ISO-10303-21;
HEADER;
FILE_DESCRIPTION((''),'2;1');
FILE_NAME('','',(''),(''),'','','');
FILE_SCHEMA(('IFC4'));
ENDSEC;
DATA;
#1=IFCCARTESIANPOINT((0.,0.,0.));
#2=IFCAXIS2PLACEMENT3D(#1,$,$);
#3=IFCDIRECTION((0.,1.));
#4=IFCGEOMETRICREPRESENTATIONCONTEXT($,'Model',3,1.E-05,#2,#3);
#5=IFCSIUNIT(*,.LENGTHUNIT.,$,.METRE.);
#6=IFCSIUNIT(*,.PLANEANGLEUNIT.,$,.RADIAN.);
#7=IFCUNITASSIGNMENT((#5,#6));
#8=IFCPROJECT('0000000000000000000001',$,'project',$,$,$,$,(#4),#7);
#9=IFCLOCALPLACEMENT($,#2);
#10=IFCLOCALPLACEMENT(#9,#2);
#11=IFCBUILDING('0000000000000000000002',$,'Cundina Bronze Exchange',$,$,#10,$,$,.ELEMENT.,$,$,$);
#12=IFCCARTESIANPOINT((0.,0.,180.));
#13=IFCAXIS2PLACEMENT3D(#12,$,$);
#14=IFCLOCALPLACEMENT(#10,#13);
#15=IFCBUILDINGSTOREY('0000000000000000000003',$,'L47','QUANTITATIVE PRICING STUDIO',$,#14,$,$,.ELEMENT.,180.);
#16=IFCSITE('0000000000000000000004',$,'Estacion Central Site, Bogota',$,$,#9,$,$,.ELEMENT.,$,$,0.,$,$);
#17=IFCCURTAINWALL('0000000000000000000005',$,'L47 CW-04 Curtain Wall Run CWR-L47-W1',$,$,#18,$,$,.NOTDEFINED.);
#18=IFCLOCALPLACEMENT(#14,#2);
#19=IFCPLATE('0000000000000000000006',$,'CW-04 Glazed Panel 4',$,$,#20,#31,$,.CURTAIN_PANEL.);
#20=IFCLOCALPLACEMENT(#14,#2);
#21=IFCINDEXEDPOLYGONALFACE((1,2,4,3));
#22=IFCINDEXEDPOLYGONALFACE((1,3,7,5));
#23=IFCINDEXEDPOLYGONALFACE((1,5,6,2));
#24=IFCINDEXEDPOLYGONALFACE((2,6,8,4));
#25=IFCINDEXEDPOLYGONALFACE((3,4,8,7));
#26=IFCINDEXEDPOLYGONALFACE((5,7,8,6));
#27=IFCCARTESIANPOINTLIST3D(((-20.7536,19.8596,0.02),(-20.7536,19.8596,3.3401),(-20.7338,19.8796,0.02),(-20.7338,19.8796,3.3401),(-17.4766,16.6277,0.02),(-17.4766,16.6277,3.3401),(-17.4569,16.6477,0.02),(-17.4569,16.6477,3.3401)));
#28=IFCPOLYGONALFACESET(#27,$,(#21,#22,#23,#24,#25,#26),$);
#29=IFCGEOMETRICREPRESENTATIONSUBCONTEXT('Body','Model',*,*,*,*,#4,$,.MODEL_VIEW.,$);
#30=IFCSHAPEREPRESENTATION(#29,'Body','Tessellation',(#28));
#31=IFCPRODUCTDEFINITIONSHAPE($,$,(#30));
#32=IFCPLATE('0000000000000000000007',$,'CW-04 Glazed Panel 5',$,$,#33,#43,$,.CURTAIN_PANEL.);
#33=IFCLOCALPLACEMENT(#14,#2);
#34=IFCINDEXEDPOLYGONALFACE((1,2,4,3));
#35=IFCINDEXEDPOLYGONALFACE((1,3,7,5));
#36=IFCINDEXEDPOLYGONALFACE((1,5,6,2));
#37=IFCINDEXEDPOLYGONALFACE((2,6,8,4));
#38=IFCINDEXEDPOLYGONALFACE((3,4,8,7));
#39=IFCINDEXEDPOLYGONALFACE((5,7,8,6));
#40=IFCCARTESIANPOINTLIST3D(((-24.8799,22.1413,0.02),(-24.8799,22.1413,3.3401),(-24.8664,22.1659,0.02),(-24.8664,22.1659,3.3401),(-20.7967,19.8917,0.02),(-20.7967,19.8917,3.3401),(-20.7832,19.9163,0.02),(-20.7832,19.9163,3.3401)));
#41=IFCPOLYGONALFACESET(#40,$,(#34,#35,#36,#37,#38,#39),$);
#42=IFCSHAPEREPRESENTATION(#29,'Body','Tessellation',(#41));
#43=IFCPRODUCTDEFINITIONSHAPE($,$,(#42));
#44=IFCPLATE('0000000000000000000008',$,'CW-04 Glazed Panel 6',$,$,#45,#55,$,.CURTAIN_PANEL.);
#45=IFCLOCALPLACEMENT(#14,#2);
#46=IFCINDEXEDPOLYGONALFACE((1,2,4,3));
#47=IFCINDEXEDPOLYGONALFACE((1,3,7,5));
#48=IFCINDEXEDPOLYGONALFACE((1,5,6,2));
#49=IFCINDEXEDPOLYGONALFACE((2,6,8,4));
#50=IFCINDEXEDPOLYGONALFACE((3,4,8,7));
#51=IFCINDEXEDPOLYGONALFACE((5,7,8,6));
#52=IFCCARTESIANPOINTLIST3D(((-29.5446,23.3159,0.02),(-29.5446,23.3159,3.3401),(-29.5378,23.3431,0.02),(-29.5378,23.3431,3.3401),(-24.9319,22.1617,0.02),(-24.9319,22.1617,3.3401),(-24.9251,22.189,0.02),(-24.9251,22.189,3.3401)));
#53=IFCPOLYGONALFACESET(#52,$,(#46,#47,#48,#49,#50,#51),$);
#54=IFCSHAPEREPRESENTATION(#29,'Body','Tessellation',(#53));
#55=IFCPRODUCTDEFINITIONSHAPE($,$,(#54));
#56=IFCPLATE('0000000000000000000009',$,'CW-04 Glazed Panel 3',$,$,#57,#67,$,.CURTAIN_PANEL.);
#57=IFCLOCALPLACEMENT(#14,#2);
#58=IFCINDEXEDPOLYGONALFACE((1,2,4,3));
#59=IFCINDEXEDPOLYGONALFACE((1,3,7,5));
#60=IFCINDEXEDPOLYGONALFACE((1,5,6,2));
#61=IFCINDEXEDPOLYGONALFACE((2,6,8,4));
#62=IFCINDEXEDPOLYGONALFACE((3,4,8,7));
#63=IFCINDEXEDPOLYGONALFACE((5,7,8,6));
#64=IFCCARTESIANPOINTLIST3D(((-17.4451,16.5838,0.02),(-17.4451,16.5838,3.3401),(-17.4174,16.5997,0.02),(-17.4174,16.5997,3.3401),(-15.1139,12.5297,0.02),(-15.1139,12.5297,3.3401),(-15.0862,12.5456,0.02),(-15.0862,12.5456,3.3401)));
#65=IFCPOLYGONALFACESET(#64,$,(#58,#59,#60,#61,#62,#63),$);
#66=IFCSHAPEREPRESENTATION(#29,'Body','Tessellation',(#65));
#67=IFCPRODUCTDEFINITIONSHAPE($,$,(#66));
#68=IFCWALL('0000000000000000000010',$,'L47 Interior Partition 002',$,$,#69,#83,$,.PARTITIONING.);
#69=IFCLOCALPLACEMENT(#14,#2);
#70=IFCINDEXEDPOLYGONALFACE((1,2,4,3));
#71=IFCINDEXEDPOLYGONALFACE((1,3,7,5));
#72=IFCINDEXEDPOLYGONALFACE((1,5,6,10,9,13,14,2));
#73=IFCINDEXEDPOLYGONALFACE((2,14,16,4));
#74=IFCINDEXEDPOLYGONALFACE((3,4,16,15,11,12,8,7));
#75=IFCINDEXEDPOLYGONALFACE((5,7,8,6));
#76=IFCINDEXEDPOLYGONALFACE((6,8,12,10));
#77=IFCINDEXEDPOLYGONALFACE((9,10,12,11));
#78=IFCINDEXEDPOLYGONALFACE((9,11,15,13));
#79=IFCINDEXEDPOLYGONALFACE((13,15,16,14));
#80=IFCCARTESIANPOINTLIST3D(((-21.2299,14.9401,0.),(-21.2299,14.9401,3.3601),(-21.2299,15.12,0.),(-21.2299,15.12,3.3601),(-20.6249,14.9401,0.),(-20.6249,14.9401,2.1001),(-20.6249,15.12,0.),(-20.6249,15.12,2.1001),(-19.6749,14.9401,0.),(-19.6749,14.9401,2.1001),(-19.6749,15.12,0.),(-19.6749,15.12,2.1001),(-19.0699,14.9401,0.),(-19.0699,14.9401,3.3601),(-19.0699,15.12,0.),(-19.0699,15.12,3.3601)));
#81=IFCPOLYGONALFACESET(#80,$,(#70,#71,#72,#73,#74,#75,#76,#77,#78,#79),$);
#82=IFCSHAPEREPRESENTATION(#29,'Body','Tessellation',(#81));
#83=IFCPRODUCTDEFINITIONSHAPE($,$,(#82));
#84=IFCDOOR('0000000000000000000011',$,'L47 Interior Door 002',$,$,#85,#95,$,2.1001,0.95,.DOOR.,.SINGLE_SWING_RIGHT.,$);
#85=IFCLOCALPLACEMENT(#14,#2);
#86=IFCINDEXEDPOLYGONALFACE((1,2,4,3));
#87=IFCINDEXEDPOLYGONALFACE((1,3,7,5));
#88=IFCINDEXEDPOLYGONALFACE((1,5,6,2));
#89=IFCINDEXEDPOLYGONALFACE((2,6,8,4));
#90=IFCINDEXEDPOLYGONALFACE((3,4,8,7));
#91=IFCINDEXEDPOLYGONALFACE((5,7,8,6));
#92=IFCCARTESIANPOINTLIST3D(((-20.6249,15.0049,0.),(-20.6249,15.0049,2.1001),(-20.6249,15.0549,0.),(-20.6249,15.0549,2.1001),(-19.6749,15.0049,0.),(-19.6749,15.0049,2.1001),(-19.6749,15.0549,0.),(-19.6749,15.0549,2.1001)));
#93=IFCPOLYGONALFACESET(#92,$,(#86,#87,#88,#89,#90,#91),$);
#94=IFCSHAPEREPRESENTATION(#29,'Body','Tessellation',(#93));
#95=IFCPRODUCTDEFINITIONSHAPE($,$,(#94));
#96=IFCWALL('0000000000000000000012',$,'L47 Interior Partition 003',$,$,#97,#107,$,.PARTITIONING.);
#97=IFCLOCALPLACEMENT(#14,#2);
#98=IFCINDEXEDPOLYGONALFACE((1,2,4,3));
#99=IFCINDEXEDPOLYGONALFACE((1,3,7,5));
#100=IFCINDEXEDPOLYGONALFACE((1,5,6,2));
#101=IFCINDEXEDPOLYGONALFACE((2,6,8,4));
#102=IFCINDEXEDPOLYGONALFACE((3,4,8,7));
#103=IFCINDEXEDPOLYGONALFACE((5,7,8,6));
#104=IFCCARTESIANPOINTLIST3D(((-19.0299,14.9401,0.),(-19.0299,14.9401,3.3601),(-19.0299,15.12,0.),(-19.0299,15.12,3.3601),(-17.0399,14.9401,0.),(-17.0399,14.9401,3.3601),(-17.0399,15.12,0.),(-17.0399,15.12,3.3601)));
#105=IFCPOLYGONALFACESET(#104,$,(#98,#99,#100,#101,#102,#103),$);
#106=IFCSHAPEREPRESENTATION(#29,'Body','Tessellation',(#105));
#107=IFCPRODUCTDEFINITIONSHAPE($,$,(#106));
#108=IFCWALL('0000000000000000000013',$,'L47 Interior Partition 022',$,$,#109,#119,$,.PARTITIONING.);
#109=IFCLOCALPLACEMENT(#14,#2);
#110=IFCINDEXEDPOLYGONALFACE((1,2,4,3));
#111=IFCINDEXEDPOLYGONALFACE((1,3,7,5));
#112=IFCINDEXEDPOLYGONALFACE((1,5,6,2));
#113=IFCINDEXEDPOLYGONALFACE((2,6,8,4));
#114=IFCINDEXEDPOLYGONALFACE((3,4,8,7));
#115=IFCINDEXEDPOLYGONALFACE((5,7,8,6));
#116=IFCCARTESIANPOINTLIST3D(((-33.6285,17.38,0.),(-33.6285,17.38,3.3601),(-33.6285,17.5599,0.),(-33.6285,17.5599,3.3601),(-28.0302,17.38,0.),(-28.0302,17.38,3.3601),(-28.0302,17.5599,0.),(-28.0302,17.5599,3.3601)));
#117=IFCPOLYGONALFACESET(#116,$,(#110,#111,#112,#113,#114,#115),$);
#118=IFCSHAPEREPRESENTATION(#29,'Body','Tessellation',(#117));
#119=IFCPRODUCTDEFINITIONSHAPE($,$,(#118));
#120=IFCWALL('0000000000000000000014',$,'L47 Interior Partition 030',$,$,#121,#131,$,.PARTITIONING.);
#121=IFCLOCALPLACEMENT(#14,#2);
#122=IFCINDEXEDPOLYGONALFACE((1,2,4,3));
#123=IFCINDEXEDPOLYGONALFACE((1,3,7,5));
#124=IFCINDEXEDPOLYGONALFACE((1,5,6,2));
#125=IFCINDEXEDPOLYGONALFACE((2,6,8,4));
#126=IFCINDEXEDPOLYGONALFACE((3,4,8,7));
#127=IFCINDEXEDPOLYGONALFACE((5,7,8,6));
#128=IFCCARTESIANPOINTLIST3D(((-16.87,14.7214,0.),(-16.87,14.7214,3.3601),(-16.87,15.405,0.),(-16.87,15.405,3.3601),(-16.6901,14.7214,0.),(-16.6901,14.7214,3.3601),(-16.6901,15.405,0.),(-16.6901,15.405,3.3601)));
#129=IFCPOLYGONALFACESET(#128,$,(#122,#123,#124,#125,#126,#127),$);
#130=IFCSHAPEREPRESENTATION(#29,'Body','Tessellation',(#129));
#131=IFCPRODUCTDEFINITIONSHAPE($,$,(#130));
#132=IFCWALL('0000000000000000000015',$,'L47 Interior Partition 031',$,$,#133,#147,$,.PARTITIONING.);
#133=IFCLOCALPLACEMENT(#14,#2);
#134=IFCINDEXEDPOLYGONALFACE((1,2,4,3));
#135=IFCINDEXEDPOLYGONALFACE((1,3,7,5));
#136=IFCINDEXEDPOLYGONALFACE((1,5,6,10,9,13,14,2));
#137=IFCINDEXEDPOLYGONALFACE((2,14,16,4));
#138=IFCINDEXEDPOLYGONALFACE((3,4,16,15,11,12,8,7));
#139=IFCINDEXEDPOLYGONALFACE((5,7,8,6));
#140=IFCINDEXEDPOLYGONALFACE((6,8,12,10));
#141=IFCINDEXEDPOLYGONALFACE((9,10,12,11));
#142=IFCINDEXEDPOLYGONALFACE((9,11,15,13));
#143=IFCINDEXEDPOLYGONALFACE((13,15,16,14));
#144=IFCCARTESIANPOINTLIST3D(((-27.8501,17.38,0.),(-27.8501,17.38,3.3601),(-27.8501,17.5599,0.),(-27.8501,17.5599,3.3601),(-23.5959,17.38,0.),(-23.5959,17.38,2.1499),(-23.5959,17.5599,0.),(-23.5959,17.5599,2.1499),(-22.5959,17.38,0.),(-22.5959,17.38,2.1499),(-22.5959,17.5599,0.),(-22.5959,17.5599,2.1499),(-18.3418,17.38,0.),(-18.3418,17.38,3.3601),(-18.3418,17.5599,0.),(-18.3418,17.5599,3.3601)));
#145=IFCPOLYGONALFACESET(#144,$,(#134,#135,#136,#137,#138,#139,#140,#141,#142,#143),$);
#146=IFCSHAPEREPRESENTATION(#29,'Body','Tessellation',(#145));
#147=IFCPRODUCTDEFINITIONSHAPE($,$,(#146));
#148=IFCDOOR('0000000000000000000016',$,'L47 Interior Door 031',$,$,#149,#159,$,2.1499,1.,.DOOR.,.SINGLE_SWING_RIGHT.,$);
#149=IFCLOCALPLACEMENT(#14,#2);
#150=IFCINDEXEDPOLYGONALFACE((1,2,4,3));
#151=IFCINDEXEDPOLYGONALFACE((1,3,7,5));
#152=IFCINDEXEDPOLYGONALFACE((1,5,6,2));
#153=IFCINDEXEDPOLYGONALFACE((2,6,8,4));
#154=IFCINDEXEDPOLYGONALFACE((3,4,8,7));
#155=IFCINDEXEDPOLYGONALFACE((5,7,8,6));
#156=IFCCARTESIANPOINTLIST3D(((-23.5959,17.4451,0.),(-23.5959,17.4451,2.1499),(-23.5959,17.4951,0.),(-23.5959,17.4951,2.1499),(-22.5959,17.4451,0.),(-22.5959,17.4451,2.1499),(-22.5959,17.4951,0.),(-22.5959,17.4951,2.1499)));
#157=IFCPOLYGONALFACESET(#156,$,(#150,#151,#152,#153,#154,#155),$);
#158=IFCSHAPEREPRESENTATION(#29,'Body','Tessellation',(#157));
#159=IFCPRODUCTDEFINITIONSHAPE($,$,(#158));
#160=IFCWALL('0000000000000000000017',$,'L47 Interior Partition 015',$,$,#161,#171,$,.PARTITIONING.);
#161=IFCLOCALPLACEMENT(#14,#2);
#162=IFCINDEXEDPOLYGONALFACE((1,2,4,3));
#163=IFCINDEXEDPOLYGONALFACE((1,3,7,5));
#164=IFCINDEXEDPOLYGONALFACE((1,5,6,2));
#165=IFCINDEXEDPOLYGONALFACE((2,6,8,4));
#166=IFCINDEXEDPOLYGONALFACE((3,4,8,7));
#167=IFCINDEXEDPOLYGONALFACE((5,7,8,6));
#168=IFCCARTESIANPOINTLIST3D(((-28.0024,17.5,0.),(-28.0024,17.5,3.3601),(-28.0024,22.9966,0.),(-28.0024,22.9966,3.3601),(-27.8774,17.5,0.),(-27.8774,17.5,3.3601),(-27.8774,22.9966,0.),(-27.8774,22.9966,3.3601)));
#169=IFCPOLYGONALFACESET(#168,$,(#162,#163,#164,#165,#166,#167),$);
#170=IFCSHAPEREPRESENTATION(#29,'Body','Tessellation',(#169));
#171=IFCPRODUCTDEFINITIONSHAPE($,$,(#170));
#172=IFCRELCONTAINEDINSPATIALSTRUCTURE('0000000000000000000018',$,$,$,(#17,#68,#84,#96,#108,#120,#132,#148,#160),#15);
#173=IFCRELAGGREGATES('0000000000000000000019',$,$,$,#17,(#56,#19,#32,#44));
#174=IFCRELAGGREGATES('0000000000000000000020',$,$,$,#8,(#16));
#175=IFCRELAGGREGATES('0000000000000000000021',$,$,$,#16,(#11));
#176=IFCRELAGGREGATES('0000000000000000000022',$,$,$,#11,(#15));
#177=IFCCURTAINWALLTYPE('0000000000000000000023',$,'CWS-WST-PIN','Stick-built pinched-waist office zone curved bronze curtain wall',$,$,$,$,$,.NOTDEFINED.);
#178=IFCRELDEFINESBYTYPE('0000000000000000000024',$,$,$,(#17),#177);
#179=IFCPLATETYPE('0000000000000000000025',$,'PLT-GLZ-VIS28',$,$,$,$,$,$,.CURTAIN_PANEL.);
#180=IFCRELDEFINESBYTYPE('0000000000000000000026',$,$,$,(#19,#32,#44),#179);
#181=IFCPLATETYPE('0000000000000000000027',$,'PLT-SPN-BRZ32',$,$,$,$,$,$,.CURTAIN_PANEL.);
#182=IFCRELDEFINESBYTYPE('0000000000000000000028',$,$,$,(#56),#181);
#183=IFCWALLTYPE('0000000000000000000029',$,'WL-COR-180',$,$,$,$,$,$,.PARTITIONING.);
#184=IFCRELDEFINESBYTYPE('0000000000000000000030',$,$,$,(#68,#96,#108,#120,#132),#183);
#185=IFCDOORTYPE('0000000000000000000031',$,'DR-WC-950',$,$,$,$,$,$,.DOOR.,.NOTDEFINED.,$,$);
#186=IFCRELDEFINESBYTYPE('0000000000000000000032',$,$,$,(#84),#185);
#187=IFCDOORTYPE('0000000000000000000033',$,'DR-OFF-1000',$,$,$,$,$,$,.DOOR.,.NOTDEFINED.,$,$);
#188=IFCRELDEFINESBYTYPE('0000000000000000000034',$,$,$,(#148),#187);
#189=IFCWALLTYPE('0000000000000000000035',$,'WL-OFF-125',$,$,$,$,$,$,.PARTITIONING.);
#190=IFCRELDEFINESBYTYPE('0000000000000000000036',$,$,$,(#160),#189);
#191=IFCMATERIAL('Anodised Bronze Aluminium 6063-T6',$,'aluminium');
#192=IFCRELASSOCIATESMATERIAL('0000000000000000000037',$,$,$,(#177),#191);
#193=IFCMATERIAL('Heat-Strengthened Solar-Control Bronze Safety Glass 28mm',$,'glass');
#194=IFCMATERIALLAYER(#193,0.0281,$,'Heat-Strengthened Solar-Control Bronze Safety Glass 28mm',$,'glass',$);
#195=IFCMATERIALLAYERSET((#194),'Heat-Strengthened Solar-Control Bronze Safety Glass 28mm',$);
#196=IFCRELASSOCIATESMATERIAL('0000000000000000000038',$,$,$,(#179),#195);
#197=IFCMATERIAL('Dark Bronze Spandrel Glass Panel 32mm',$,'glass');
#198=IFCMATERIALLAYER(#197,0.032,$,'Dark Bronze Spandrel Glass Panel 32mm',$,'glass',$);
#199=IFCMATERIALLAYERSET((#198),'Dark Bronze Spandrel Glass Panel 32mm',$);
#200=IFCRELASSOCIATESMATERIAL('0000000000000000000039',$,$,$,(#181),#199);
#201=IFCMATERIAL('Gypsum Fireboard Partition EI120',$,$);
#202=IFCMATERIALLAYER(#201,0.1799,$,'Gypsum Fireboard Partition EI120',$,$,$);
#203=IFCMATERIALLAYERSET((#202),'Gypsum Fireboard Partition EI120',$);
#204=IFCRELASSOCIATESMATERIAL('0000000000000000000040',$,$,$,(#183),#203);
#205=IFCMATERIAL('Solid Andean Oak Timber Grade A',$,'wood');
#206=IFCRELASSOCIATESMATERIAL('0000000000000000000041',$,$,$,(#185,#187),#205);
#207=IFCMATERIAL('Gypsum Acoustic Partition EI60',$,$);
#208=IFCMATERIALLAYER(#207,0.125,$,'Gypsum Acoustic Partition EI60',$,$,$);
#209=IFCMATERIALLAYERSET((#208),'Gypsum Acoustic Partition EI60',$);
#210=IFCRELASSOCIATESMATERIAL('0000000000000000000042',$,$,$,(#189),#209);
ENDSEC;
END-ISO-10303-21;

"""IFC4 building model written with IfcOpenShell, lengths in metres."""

from ifc_helpers import new_model, si_unit, direction, frame, frame_2d, origin, origin_2d, place, context, subcontext, project, spatial, rectangle, extrude, material, layer, layer_set, type_object, element, fill, aggregate, save


model = new_model("IFC4")

# Units and contexts
model_context = context("Model", 3, precision=1e-05, world=origin(), true_north=direction((0.0, 1.0)))
body_context = subcontext(model_context, "Body", "Model", "MODEL_VIEW")
ifc_project = project(units=[si_unit("LENGTHUNIT", "METRE"), si_unit("PLANEANGLEUNIT", "RADIAN")], contexts=[model_context])

# Site, building, storey
site_placement = place(None, origin())
site = spatial("IfcSite", under=ifc_project, at=site_placement, Name="Estacion Central Site, Bogota", CompositionType="ELEMENT", RefElevation=0.0)
building_placement = place(site_placement, origin())
building = spatial("IfcBuilding", under=site, at=building_placement, Name="Cundina Bronze Exchange", CompositionType="ELEMENT")
storey_placement = place(building_placement, frame((0.0, 0.0, 180.0)))
storey = spatial("IfcBuildingStorey", under=building, at=storey_placement, Name="L47", Description="QUANTITATIVE PRICING STUDIO", CompositionType="ELEMENT", Elevation=180.0)

# Curtain wall, plates
ifc_material_1 = material(Name="Anodised Bronze Aluminium 6063-T6", Category="aluminium")
curtain_wall_type = type_object("IfcCurtainWallType", Name="CWS-WST-PIN", Description="Stick-built pinched-waist office zone curved bronze curtain wall", PredefinedType="NOTDEFINED", material=ifc_material_1)
curtain_wall_placement = place(storey_placement, origin())
curtain_wall = element("IfcCurtainWall", 1, at=curtain_wall_placement, inside=storey, type_object=curtain_wall_type, Name="L47 CW-04 Curtain Wall Run CWR-L47-W1", PredefinedType="NOTDEFINED")
ifc_material_2 = material(Name="Heat-Strengthened Solar-Control Bronze Safety Glass 28mm", Category="glass")
ifc_layer_1 = layer(ifc_material_2, 0.0281, Name="Heat-Strengthened Solar-Control Bronze Safety Glass 28mm", Category="glass")
ifc_layer_set_1 = layer_set([ifc_layer_1], Name="Heat-Strengthened Solar-Control Bronze Safety Glass 28mm")
plate_type_1 = type_object("IfcPlateType", Name="PLT-GLZ-VIS28", PredefinedType="CURTAIN_PANEL", material=ifc_layer_set_1)
plate_1_placement = place(storey_placement, frame((-19.1052, 18.2537, 0.02), z_axis=(0.0, 0.0, 1.0), x_axis=(-0.711989, 0.70219, 0.0)))
plate_1 = element("IfcPlate", 2, at=plate_1_placement, type_object=plate_type_1, Name="CW-04 Glazed Panel 4", PredefinedType="CURTAIN_PANEL", context=body_context, shape_type="SweptSolid", body=[
    extrude(rectangle(XDim=4.6025, YDim=0.0281, at=origin_2d()), origin(), (0.0, 0.0, 1.0), 3.3201),
])
plate_2_placement = place(storey_placement, frame((-22.8315, 21.0288, 0.02), z_axis=(0.0, 0.0, 1.0), x_axis=(-0.875869, 0.482549, 0.0)))
plate_2 = element("IfcPlate", 3, at=plate_2_placement, type_object=plate_type_1, Name="CW-04 Glazed Panel 5", PredefinedType="CURTAIN_PANEL", context=body_context, shape_type="SweptSolid", body=[
    extrude(rectangle(XDim=4.6619, YDim=0.0281, at=origin_2d()), origin(), (0.0, 0.0, 1.0), 3.3201),
])
plate_3_placement = place(storey_placement, frame((-27.2349, 22.7524, 0.02), z_axis=(0.0, 0.0, 1.0), x_axis=(-0.970093, 0.242735, 0.0)))
plate_3 = element("IfcPlate", 4, at=plate_3_placement, type_object=plate_type_1, Name="CW-04 Glazed Panel 6", PredefinedType="CURTAIN_PANEL", context=body_context, shape_type="SweptSolid", body=[
    extrude(rectangle(XDim=4.7549, YDim=0.0281, at=origin_2d()), origin(), (0.0, 0.0, 1.0), 3.3201),
])
ifc_material_3 = material(Name="Dark Bronze Spandrel Glass Panel 32mm", Category="glass")
ifc_layer_2 = layer(ifc_material_3, 0.032, Name="Dark Bronze Spandrel Glass Panel 32mm", Category="glass")
ifc_layer_set_2 = layer_set([ifc_layer_2], Name="Dark Bronze Spandrel Glass Panel 32mm")
plate_type_2 = type_object("IfcPlateType", Name="PLT-SPN-BRZ32", PredefinedType="CURTAIN_PANEL", material=ifc_layer_set_2)
plate_4_placement = place(storey_placement, frame((-16.2656, 14.5647, 0.02), z_axis=(0.0, 0.0, 1.0), x_axis=(-0.498488, 0.866897, 0.0)))
plate_4 = element("IfcPlate", 5, at=plate_4_placement, type_object=plate_type_2, Name="CW-04 Glazed Panel 3", PredefinedType="CURTAIN_PANEL", context=body_context, shape_type="SweptSolid", body=[
    extrude(rectangle(XDim=4.6765, YDim=0.032, at=origin_2d()), origin(), (0.0, 0.0, 1.0), 3.3201),
])
aggregate(curtain_wall, [plate_4, plate_1, plate_2, plate_3])

# Wall, opening, door
ifc_material_4 = material(Name="Gypsum Fireboard Partition EI120")
ifc_layer_3 = layer(ifc_material_4, 0.1799, Name="Gypsum Fireboard Partition EI120")
ifc_layer_set_3 = layer_set([ifc_layer_3], Name="Gypsum Fireboard Partition EI120")
wall_type_1 = type_object("IfcWallType", Name="WL-COR-180", PredefinedType="PARTITIONING", material=ifc_layer_set_3)
wall_1_placement = place(storey_placement, frame((-21.23, 15.03, 0.0), z_axis=(0.0, 0.0, 1.0), x_axis=(1.0, 0.0, 0.0)))
wall_1 = element("IfcWall", 6, at=wall_1_placement, inside=storey, type_object=wall_type_1, Name="L47 Interior Partition 002", PredefinedType="PARTITIONING", context=body_context, shape_type="SweptSolid", body=[
    extrude(rectangle(XDim=2.1599, YDim=0.1799, at=frame_2d((1.0801, 0.0))), origin(), (0.0, 0.0, 1.0), 3.3601),
])
opening_1_placement = place(wall_1_placement, frame((0.605, 0.0, 0.0)))
opening_1 = element("IfcOpeningElement", 7, at=opening_1_placement, cuts=wall_1, PredefinedType="OPENING", context=body_context, shape_type="SweptSolid", body=[
    extrude(rectangle(XDim=0.95, YDim=2.1001, at=frame_2d((0.4751, 1.05))), frame((0.0, 0.0999, 0.0), z_axis=(0.0, -1.0, 0.0), x_axis=(1.0, 0.0, 0.0)), (0.0, 0.0, 1.0), 0.2),
])
ifc_material_5 = material(Name="Solid Andean Oak Timber Grade A", Category="wood")
door_type_1 = type_object("IfcDoorType", Name="DR-WC-950", OperationType="NOTDEFINED", PredefinedType="DOOR", material=ifc_material_5)
door_1_placement = place(opening_1_placement, origin())
door_1 = element("IfcDoor", 8, at=door_1_placement, inside=storey, type_object=door_type_1, Name="L47 Interior Door 002", OperationType="SINGLE_SWING_RIGHT", OverallHeight=2.1001, OverallWidth=0.95, PredefinedType="DOOR", context=body_context, shape_type="SweptSolid", body=[
    extrude(rectangle(XDim=0.95, YDim=2.1001, at=frame_2d((0.4751, 1.05))), frame((0.0, 0.0249, 0.0), z_axis=(0.0, -1.0, 0.0), x_axis=(1.0, 0.0, 0.0)), (0.0, 0.0, 1.0), 0.05),
])
fill(opening_1, door_1)

# Walls
wall_2_placement = place(storey_placement, frame((-19.03, 15.03, 0.0), z_axis=(0.0, 0.0, 1.0), x_axis=(1.0, 0.0, 0.0)))
element("IfcWall", 9, at=wall_2_placement, inside=storey, type_object=wall_type_1, Name="L47 Interior Partition 003", PredefinedType="PARTITIONING", context=body_context, shape_type="SweptSolid", body=[
    extrude(rectangle(XDim=1.99, YDim=0.1799, at=frame_2d((0.9951, 0.0))), origin(), (0.0, 0.0, 1.0), 3.3601),
])
wall_3_placement = place(storey_placement, frame((-28.03, 17.47, 0.0), z_axis=(0.0, 0.0, 1.0), x_axis=(-1.0, 0.0, 0.0)))
element("IfcWall", 10, at=wall_3_placement, inside=storey, type_object=wall_type_1, Name="L47 Interior Partition 022", PredefinedType="PARTITIONING", context=body_context, shape_type="SweptSolid", body=[
    extrude(rectangle(XDim=5.5984, YDim=0.1799, at=frame_2d((2.7993, 0.0))), origin(), (0.0, 0.0, 1.0), 3.3601),
])
wall_4_placement = place(storey_placement, frame((-16.78, 14.7214, 0.0), z_axis=(0.0, 0.0, 1.0), x_axis=(0.0, 1.0, 0.0)))
element("IfcWall", 11, at=wall_4_placement, inside=storey, type_object=wall_type_1, Name="L47 Interior Partition 030", PredefinedType="PARTITIONING", context=body_context, shape_type="SweptSolid", body=[
    extrude(rectangle(XDim=0.6836, YDim=0.1799, at=frame_2d((0.3418, 0.0))), origin(), (0.0, 0.0, 1.0), 3.3601),
])

# Wall, opening, door
wall_5_placement = place(storey_placement, frame((-18.3418, 17.47, 0.0), z_axis=(0.0, 0.0, 1.0), x_axis=(-1.0, 0.0, 0.0)))
wall_5 = element("IfcWall", 12, at=wall_5_placement, inside=storey, type_object=wall_type_1, Name="L47 Interior Partition 031", PredefinedType="PARTITIONING", context=body_context, shape_type="SweptSolid", body=[
    extrude(rectangle(XDim=9.5083, YDim=0.1799, at=frame_2d((4.7542, 0.0))), origin(), (0.0, 0.0, 1.0), 3.3601),
])
opening_2_placement = place(wall_5_placement, frame((4.2542, 0.0, 0.0)))
opening_2 = element("IfcOpeningElement", 13, at=opening_2_placement, cuts=wall_5, PredefinedType="OPENING", context=body_context, shape_type="SweptSolid", body=[
    extrude(rectangle(XDim=1.0, YDim=2.1499, at=frame_2d((0.5, 1.075))), frame((0.0, 0.0999, 0.0), z_axis=(0.0, -1.0, 0.0), x_axis=(1.0, 0.0, 0.0)), (0.0, 0.0, 1.0), 0.2),
])
door_type_2 = type_object("IfcDoorType", Name="DR-OFF-1000", OperationType="NOTDEFINED", PredefinedType="DOOR", material=ifc_material_5)
door_2_placement = place(opening_2_placement, origin())
door_2 = element("IfcDoor", 14, at=door_2_placement, inside=storey, type_object=door_type_2, Name="L47 Interior Door 031", OperationType="SINGLE_SWING_RIGHT", OverallHeight=2.1499, OverallWidth=1.0, PredefinedType="DOOR", context=body_context, shape_type="SweptSolid", body=[
    extrude(rectangle(XDim=1.0, YDim=2.1499, at=frame_2d((0.5, 1.075))), frame((0.0, 0.0249, 0.0), z_axis=(0.0, -1.0, 0.0), x_axis=(1.0, 0.0, 0.0)), (0.0, 0.0, 1.0), 0.05),
])
fill(opening_2, door_2)

# Wall
ifc_material_6 = material(Name="Gypsum Acoustic Partition EI60")
ifc_layer_4 = layer(ifc_material_6, 0.125, Name="Gypsum Acoustic Partition EI60")
ifc_layer_set_4 = layer_set([ifc_layer_4], Name="Gypsum Acoustic Partition EI60")
wall_type_2 = type_object("IfcWallType", Name="WL-OFF-125", PredefinedType="PARTITIONING", material=ifc_layer_set_4)
wall_6_placement = place(storey_placement, frame((-27.9399, 17.5, 0.0), z_axis=(0.0, 0.0, 1.0), x_axis=(0.0, 1.0, 0.0)))
element("IfcWall", 15, at=wall_6_placement, inside=storey, type_object=wall_type_2, Name="L47 Interior Partition 015", PredefinedType="PARTITIONING", context=body_context, shape_type="SweptSolid", body=[
    extrude(rectangle(XDim=5.4966, YDim=0.125, at=frame_2d((2.7483, 0.0))), origin(), (0.0, 0.0, 1.0), 3.3601),
])

save(model, "model.ifc")
